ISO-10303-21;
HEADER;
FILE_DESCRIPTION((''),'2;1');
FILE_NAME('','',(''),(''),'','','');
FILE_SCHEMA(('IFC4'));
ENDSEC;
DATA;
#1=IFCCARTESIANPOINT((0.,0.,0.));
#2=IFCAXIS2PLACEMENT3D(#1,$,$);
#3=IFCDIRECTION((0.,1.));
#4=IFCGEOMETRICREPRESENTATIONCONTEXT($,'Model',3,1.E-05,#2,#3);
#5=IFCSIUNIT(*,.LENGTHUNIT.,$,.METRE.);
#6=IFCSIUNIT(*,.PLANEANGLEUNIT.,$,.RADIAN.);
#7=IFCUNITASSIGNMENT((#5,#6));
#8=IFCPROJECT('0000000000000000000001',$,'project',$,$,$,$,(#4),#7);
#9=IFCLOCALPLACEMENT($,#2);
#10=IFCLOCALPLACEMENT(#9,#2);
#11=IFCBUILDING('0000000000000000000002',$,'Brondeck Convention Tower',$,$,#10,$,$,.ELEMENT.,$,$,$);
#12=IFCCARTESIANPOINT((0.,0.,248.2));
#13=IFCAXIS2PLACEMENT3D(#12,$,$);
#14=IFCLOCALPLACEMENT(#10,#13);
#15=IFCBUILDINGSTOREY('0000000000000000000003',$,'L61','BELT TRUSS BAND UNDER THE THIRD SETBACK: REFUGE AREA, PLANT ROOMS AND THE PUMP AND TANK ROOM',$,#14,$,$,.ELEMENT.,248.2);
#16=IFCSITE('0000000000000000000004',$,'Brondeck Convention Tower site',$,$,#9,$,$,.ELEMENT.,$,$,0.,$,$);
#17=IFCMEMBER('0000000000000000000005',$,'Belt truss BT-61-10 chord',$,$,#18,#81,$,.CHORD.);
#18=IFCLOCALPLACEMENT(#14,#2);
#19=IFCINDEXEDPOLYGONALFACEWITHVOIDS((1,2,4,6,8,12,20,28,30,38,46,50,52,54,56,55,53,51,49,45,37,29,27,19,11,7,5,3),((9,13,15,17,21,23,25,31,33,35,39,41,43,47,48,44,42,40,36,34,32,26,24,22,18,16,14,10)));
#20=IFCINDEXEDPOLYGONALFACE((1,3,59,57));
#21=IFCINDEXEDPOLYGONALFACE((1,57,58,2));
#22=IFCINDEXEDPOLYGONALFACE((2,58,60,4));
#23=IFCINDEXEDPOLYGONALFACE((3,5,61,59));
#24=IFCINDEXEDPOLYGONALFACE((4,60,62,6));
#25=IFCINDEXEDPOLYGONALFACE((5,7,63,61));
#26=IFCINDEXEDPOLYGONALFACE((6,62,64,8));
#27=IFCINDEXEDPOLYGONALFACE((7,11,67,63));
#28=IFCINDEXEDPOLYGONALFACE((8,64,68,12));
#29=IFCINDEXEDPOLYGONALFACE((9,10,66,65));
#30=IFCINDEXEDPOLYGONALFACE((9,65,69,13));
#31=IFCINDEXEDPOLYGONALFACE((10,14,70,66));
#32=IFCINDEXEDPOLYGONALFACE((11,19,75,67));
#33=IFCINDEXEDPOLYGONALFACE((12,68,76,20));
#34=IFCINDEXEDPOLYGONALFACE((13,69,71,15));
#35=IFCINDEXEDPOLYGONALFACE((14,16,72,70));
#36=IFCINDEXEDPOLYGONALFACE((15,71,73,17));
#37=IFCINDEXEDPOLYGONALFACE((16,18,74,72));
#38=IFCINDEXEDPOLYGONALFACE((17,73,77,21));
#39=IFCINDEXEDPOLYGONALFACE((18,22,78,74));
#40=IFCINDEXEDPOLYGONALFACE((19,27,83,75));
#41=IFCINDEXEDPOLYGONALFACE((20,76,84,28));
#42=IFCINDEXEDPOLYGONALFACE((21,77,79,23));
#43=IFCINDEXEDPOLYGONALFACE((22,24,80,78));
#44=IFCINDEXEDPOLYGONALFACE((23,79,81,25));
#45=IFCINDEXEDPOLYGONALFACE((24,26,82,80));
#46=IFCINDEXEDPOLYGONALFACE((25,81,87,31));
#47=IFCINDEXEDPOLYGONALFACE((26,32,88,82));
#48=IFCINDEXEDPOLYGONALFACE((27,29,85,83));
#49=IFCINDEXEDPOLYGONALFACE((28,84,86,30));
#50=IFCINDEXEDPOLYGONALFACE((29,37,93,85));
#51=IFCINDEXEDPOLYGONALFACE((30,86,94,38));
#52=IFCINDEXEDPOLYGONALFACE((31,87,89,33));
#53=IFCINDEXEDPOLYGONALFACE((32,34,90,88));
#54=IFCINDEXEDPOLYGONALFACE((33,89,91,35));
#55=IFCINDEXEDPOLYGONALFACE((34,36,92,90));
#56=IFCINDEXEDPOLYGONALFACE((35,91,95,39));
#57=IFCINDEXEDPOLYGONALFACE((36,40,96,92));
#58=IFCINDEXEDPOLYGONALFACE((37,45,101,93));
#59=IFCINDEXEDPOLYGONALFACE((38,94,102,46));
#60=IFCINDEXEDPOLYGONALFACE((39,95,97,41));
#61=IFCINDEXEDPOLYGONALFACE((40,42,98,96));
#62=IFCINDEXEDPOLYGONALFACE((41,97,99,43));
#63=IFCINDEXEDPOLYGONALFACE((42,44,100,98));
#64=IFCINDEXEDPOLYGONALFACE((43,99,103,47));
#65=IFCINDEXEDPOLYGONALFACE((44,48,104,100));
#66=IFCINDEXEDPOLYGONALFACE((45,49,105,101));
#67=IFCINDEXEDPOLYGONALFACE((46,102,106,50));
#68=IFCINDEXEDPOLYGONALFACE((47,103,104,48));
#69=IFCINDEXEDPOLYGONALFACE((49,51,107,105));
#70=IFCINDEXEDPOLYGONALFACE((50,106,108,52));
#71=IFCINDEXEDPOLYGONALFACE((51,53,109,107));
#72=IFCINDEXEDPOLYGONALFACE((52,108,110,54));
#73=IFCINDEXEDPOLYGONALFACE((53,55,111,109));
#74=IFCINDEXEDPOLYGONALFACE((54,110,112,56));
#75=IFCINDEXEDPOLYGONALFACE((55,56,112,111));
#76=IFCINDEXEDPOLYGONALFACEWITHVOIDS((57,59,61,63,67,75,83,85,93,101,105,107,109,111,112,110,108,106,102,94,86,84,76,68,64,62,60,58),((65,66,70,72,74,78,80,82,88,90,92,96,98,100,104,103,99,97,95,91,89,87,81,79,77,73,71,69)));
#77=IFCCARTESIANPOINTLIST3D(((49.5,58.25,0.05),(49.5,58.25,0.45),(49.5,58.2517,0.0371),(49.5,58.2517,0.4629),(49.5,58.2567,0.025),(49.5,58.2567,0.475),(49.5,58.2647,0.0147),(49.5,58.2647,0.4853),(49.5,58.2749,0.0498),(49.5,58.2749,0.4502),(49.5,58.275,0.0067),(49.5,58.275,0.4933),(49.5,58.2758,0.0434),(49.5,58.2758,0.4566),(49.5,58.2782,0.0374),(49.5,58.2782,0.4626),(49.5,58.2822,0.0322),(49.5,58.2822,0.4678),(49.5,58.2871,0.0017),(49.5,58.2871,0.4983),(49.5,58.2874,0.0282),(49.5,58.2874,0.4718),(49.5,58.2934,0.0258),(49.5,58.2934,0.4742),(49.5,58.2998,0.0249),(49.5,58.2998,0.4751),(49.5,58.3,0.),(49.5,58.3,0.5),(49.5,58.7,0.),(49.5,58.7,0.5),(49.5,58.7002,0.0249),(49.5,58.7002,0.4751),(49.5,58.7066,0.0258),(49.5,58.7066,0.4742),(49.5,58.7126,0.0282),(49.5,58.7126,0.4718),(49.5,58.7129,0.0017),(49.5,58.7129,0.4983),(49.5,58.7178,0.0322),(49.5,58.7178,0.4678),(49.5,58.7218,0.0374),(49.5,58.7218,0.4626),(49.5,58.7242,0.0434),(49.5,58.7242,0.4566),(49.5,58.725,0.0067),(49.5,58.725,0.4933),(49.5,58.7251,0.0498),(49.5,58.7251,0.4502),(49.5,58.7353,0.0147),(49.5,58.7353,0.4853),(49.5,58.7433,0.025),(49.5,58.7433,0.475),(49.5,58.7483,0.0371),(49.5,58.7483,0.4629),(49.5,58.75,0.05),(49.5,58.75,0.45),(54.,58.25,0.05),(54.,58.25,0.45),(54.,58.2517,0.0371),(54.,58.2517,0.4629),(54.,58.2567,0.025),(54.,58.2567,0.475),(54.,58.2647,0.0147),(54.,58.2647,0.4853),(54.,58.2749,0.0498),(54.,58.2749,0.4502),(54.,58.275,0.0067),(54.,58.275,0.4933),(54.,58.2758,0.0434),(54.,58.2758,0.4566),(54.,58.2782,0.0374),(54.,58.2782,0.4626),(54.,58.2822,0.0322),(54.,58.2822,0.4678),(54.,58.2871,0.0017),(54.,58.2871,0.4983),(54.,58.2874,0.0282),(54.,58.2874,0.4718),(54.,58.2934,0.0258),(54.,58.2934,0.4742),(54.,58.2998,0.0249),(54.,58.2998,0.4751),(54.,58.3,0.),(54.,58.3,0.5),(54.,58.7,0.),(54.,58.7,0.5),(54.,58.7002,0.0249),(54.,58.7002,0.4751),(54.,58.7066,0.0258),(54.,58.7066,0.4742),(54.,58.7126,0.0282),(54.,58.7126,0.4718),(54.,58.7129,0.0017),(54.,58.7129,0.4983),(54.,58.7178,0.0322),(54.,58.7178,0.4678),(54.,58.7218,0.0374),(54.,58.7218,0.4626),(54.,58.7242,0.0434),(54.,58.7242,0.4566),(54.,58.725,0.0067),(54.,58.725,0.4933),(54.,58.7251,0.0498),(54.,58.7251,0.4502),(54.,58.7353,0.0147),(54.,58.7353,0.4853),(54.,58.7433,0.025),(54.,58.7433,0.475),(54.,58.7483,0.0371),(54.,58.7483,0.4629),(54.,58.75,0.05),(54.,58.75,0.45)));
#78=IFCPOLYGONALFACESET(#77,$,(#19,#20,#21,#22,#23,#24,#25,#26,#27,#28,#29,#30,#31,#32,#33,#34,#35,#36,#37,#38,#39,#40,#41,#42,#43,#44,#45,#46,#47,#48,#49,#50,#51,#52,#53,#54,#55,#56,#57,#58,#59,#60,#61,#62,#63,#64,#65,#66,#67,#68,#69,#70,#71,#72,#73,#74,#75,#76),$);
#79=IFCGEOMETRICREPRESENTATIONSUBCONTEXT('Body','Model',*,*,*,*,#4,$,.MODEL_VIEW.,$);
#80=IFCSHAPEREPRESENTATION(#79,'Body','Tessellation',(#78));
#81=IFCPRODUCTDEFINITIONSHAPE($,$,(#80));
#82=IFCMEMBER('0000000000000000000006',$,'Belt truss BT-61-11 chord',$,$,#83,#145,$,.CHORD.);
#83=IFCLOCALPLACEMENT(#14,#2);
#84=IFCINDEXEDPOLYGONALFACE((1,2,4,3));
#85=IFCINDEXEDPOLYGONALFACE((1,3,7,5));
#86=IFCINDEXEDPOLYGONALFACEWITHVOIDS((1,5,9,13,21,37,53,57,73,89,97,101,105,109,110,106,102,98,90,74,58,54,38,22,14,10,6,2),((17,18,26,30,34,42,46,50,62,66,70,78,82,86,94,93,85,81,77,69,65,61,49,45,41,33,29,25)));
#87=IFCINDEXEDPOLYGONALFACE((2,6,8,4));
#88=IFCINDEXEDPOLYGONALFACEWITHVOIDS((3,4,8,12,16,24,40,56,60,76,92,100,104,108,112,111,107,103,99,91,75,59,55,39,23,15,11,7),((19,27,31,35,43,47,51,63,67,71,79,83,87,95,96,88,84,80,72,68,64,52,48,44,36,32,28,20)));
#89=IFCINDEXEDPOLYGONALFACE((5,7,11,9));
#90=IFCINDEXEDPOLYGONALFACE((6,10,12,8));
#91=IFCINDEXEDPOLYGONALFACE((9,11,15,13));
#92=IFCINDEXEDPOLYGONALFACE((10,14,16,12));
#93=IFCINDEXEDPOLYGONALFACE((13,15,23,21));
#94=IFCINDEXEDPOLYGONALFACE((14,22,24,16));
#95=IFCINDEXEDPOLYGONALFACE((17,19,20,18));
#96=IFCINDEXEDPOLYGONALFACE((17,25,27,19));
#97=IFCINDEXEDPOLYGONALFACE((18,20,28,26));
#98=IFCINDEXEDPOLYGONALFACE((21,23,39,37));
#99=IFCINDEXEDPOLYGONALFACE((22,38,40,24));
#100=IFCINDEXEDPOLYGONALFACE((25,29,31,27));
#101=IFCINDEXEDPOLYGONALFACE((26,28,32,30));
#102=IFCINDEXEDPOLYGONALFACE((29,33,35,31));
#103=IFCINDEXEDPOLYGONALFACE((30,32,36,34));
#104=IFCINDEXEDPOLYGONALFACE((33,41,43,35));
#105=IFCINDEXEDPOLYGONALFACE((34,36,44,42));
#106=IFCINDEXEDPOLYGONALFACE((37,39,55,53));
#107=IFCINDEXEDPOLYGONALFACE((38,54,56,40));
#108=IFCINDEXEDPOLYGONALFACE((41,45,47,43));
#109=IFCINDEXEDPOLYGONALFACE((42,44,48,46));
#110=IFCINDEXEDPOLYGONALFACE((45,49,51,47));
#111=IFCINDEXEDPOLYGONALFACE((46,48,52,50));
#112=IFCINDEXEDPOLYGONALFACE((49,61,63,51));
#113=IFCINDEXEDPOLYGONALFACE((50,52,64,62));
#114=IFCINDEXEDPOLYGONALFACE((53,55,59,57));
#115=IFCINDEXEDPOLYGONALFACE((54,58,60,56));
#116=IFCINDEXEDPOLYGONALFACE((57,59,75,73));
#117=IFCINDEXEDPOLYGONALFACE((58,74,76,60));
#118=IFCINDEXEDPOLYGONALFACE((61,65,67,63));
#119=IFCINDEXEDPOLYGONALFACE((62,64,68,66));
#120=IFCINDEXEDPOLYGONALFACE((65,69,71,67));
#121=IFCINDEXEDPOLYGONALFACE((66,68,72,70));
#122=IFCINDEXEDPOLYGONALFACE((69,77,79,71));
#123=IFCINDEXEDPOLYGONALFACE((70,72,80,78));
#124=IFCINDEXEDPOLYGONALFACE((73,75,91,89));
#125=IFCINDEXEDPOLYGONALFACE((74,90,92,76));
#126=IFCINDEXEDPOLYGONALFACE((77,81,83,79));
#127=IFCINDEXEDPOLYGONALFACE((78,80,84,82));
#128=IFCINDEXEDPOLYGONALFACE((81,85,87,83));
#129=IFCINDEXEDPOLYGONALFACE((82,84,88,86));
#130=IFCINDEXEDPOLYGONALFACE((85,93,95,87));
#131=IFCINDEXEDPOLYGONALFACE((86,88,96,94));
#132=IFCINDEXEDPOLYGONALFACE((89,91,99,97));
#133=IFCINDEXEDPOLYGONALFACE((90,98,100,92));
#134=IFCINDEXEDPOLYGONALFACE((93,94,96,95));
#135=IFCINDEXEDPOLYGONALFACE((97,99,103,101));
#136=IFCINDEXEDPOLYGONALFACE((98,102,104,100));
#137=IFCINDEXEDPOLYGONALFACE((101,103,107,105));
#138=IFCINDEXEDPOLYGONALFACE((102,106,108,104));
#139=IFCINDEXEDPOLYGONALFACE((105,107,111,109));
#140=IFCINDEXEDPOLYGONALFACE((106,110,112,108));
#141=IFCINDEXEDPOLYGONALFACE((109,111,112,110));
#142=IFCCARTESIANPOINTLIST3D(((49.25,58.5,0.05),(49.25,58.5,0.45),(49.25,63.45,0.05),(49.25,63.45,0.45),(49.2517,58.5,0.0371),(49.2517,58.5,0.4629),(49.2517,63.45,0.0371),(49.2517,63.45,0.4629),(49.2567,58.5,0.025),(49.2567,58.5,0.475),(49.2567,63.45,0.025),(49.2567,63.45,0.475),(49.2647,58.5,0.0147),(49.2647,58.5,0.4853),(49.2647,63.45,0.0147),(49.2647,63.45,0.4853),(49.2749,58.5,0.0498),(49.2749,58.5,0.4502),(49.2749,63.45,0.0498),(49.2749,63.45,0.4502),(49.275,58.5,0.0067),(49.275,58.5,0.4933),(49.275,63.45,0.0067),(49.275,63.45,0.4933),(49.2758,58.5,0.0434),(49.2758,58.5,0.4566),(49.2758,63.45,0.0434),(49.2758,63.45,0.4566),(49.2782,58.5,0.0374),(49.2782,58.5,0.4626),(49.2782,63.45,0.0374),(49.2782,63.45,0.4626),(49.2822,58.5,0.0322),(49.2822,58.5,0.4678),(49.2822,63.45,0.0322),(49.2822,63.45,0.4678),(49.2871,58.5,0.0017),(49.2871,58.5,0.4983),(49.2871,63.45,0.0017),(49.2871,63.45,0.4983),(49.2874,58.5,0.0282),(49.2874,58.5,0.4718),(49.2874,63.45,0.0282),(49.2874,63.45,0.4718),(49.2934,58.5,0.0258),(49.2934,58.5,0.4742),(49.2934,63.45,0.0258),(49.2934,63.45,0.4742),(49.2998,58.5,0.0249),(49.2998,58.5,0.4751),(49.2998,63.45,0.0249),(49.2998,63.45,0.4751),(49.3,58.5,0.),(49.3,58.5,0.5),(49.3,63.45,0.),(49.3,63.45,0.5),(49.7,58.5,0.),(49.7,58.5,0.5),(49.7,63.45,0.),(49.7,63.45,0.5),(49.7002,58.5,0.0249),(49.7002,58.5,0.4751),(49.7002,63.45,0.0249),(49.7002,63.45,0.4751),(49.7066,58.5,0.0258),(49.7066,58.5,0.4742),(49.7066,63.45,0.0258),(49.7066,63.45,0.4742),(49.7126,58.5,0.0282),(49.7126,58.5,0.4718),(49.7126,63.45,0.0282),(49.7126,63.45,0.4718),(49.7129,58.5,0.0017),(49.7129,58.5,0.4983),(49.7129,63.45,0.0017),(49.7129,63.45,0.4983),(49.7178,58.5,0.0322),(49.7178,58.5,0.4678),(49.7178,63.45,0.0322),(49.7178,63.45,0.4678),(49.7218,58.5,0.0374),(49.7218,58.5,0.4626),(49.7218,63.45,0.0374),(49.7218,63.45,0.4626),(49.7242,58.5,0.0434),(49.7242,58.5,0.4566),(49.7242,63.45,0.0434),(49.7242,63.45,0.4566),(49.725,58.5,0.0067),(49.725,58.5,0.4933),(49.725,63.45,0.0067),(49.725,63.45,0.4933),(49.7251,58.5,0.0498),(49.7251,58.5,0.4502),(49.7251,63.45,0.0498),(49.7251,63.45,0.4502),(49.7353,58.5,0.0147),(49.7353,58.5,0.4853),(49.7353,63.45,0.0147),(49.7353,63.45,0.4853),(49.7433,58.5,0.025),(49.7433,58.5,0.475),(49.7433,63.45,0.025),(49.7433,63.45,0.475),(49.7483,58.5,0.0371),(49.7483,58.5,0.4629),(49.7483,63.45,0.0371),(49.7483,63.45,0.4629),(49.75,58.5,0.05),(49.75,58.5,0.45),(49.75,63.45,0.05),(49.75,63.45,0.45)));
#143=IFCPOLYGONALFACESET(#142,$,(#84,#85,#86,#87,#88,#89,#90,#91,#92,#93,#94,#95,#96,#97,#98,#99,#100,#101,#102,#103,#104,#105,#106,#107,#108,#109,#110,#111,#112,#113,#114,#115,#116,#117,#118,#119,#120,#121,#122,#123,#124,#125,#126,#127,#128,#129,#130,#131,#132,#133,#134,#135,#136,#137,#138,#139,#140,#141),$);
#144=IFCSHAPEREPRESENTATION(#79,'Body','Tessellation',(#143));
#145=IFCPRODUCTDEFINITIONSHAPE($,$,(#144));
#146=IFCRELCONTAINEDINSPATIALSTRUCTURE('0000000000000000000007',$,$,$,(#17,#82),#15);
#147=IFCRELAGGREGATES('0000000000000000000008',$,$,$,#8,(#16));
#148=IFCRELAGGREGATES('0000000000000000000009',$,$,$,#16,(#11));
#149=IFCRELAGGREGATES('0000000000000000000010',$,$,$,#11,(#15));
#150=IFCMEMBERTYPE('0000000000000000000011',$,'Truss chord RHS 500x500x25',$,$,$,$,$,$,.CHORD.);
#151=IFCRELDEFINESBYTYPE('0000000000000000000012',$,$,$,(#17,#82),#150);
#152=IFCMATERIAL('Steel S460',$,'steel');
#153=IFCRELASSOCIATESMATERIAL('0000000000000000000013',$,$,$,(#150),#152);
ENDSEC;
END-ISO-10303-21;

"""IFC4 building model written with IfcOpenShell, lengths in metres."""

from ifc_helpers import new_model, si_unit, direction, frame, origin, origin_2d, place, context, subcontext, project, spatial, hollow_rectangle, extrude, material, material_profile, profile_set, type_object, element, save


model = new_model("IFC4")

# Units and contexts
model_context = context("Model", 3, precision=1e-05, world=origin(), true_north=direction((0.0, 1.0)))
body_context = subcontext(model_context, "Body", "Model", "MODEL_VIEW")
ifc_project = project(units=[si_unit("LENGTHUNIT", "METRE"), si_unit("PLANEANGLEUNIT", "RADIAN")], contexts=[model_context])

# Site, building, storey
site_placement = place(None, origin())
site = spatial("IfcSite", under=ifc_project, at=site_placement, Name="Brondeck Convention Tower site", CompositionType="ELEMENT", RefElevation=0.0)
building_placement = place(site_placement, origin())
building = spatial("IfcBuilding", under=site, at=building_placement, Name="Brondeck Convention Tower", CompositionType="ELEMENT")
storey_placement = place(building_placement, frame((0.0, 0.0, 248.2)))
storey = spatial("IfcBuildingStorey", under=building, at=storey_placement, Name="L61", Description="BELT TRUSS BAND UNDER THE THIRD SETBACK: REFUGE AREA, PLANT ROOMS AND THE PUMP AND TANK ROOM", CompositionType="ELEMENT", Elevation=248.2)

# Shared definitions
ifc_material_1 = material(Name="Steel S460", Category="steel")

# Members
ifc_material_profile_1 = material_profile(ifc_material_1, hollow_rectangle(XDim=0.5, YDim=0.5, WallThickness=0.0249, InnerFilletRadius=0.0249, OuterFilletRadius=0.05, at=origin_2d()), Name="RHS 500x500x25")
ifc_profile_set_1 = profile_set([ifc_material_profile_1], Name="Steel S460")
member_type_1 = type_object("IfcMemberType", Name="Truss chord RHS 500x500x25", PredefinedType="CHORD", material=ifc_profile_set_1)
member_1_placement = place(storey_placement, frame((54.0, 58.5, 0.25), z_axis=(-1.0, 0.0, 0.0), x_axis=(0.0, -1.0, 0.0)))
element("IfcMember", 1, at=member_1_placement, inside=storey, type_object=member_type_1, Name="Belt truss BT-61-10 chord", PredefinedType="CHORD", context=body_context, shape_type="SweptSolid", body=[
    extrude(hollow_rectangle(XDim=0.5, YDim=0.5, WallThickness=0.0249, InnerFilletRadius=0.0249, OuterFilletRadius=0.05, at=origin_2d()), origin(), (0.0, 0.0, 1.0), 4.5),
])
member_2_placement = place(storey_placement, frame((49.5, 58.5, 0.25), z_axis=(0.0, 1.0, 0.0), x_axis=(-1.0, 0.0, 0.0)))
element("IfcMember", 2, at=member_2_placement, inside=storey, type_object=member_type_1, Name="Belt truss BT-61-11 chord", PredefinedType="CHORD", context=body_context, shape_type="SweptSolid", body=[
    extrude(hollow_rectangle(XDim=0.5, YDim=0.5, WallThickness=0.0249, InnerFilletRadius=0.0249, OuterFilletRadius=0.05, at=origin_2d()), origin(), (0.0, 0.0, 1.0), 4.95),
])

save(model, "model.ifc")
